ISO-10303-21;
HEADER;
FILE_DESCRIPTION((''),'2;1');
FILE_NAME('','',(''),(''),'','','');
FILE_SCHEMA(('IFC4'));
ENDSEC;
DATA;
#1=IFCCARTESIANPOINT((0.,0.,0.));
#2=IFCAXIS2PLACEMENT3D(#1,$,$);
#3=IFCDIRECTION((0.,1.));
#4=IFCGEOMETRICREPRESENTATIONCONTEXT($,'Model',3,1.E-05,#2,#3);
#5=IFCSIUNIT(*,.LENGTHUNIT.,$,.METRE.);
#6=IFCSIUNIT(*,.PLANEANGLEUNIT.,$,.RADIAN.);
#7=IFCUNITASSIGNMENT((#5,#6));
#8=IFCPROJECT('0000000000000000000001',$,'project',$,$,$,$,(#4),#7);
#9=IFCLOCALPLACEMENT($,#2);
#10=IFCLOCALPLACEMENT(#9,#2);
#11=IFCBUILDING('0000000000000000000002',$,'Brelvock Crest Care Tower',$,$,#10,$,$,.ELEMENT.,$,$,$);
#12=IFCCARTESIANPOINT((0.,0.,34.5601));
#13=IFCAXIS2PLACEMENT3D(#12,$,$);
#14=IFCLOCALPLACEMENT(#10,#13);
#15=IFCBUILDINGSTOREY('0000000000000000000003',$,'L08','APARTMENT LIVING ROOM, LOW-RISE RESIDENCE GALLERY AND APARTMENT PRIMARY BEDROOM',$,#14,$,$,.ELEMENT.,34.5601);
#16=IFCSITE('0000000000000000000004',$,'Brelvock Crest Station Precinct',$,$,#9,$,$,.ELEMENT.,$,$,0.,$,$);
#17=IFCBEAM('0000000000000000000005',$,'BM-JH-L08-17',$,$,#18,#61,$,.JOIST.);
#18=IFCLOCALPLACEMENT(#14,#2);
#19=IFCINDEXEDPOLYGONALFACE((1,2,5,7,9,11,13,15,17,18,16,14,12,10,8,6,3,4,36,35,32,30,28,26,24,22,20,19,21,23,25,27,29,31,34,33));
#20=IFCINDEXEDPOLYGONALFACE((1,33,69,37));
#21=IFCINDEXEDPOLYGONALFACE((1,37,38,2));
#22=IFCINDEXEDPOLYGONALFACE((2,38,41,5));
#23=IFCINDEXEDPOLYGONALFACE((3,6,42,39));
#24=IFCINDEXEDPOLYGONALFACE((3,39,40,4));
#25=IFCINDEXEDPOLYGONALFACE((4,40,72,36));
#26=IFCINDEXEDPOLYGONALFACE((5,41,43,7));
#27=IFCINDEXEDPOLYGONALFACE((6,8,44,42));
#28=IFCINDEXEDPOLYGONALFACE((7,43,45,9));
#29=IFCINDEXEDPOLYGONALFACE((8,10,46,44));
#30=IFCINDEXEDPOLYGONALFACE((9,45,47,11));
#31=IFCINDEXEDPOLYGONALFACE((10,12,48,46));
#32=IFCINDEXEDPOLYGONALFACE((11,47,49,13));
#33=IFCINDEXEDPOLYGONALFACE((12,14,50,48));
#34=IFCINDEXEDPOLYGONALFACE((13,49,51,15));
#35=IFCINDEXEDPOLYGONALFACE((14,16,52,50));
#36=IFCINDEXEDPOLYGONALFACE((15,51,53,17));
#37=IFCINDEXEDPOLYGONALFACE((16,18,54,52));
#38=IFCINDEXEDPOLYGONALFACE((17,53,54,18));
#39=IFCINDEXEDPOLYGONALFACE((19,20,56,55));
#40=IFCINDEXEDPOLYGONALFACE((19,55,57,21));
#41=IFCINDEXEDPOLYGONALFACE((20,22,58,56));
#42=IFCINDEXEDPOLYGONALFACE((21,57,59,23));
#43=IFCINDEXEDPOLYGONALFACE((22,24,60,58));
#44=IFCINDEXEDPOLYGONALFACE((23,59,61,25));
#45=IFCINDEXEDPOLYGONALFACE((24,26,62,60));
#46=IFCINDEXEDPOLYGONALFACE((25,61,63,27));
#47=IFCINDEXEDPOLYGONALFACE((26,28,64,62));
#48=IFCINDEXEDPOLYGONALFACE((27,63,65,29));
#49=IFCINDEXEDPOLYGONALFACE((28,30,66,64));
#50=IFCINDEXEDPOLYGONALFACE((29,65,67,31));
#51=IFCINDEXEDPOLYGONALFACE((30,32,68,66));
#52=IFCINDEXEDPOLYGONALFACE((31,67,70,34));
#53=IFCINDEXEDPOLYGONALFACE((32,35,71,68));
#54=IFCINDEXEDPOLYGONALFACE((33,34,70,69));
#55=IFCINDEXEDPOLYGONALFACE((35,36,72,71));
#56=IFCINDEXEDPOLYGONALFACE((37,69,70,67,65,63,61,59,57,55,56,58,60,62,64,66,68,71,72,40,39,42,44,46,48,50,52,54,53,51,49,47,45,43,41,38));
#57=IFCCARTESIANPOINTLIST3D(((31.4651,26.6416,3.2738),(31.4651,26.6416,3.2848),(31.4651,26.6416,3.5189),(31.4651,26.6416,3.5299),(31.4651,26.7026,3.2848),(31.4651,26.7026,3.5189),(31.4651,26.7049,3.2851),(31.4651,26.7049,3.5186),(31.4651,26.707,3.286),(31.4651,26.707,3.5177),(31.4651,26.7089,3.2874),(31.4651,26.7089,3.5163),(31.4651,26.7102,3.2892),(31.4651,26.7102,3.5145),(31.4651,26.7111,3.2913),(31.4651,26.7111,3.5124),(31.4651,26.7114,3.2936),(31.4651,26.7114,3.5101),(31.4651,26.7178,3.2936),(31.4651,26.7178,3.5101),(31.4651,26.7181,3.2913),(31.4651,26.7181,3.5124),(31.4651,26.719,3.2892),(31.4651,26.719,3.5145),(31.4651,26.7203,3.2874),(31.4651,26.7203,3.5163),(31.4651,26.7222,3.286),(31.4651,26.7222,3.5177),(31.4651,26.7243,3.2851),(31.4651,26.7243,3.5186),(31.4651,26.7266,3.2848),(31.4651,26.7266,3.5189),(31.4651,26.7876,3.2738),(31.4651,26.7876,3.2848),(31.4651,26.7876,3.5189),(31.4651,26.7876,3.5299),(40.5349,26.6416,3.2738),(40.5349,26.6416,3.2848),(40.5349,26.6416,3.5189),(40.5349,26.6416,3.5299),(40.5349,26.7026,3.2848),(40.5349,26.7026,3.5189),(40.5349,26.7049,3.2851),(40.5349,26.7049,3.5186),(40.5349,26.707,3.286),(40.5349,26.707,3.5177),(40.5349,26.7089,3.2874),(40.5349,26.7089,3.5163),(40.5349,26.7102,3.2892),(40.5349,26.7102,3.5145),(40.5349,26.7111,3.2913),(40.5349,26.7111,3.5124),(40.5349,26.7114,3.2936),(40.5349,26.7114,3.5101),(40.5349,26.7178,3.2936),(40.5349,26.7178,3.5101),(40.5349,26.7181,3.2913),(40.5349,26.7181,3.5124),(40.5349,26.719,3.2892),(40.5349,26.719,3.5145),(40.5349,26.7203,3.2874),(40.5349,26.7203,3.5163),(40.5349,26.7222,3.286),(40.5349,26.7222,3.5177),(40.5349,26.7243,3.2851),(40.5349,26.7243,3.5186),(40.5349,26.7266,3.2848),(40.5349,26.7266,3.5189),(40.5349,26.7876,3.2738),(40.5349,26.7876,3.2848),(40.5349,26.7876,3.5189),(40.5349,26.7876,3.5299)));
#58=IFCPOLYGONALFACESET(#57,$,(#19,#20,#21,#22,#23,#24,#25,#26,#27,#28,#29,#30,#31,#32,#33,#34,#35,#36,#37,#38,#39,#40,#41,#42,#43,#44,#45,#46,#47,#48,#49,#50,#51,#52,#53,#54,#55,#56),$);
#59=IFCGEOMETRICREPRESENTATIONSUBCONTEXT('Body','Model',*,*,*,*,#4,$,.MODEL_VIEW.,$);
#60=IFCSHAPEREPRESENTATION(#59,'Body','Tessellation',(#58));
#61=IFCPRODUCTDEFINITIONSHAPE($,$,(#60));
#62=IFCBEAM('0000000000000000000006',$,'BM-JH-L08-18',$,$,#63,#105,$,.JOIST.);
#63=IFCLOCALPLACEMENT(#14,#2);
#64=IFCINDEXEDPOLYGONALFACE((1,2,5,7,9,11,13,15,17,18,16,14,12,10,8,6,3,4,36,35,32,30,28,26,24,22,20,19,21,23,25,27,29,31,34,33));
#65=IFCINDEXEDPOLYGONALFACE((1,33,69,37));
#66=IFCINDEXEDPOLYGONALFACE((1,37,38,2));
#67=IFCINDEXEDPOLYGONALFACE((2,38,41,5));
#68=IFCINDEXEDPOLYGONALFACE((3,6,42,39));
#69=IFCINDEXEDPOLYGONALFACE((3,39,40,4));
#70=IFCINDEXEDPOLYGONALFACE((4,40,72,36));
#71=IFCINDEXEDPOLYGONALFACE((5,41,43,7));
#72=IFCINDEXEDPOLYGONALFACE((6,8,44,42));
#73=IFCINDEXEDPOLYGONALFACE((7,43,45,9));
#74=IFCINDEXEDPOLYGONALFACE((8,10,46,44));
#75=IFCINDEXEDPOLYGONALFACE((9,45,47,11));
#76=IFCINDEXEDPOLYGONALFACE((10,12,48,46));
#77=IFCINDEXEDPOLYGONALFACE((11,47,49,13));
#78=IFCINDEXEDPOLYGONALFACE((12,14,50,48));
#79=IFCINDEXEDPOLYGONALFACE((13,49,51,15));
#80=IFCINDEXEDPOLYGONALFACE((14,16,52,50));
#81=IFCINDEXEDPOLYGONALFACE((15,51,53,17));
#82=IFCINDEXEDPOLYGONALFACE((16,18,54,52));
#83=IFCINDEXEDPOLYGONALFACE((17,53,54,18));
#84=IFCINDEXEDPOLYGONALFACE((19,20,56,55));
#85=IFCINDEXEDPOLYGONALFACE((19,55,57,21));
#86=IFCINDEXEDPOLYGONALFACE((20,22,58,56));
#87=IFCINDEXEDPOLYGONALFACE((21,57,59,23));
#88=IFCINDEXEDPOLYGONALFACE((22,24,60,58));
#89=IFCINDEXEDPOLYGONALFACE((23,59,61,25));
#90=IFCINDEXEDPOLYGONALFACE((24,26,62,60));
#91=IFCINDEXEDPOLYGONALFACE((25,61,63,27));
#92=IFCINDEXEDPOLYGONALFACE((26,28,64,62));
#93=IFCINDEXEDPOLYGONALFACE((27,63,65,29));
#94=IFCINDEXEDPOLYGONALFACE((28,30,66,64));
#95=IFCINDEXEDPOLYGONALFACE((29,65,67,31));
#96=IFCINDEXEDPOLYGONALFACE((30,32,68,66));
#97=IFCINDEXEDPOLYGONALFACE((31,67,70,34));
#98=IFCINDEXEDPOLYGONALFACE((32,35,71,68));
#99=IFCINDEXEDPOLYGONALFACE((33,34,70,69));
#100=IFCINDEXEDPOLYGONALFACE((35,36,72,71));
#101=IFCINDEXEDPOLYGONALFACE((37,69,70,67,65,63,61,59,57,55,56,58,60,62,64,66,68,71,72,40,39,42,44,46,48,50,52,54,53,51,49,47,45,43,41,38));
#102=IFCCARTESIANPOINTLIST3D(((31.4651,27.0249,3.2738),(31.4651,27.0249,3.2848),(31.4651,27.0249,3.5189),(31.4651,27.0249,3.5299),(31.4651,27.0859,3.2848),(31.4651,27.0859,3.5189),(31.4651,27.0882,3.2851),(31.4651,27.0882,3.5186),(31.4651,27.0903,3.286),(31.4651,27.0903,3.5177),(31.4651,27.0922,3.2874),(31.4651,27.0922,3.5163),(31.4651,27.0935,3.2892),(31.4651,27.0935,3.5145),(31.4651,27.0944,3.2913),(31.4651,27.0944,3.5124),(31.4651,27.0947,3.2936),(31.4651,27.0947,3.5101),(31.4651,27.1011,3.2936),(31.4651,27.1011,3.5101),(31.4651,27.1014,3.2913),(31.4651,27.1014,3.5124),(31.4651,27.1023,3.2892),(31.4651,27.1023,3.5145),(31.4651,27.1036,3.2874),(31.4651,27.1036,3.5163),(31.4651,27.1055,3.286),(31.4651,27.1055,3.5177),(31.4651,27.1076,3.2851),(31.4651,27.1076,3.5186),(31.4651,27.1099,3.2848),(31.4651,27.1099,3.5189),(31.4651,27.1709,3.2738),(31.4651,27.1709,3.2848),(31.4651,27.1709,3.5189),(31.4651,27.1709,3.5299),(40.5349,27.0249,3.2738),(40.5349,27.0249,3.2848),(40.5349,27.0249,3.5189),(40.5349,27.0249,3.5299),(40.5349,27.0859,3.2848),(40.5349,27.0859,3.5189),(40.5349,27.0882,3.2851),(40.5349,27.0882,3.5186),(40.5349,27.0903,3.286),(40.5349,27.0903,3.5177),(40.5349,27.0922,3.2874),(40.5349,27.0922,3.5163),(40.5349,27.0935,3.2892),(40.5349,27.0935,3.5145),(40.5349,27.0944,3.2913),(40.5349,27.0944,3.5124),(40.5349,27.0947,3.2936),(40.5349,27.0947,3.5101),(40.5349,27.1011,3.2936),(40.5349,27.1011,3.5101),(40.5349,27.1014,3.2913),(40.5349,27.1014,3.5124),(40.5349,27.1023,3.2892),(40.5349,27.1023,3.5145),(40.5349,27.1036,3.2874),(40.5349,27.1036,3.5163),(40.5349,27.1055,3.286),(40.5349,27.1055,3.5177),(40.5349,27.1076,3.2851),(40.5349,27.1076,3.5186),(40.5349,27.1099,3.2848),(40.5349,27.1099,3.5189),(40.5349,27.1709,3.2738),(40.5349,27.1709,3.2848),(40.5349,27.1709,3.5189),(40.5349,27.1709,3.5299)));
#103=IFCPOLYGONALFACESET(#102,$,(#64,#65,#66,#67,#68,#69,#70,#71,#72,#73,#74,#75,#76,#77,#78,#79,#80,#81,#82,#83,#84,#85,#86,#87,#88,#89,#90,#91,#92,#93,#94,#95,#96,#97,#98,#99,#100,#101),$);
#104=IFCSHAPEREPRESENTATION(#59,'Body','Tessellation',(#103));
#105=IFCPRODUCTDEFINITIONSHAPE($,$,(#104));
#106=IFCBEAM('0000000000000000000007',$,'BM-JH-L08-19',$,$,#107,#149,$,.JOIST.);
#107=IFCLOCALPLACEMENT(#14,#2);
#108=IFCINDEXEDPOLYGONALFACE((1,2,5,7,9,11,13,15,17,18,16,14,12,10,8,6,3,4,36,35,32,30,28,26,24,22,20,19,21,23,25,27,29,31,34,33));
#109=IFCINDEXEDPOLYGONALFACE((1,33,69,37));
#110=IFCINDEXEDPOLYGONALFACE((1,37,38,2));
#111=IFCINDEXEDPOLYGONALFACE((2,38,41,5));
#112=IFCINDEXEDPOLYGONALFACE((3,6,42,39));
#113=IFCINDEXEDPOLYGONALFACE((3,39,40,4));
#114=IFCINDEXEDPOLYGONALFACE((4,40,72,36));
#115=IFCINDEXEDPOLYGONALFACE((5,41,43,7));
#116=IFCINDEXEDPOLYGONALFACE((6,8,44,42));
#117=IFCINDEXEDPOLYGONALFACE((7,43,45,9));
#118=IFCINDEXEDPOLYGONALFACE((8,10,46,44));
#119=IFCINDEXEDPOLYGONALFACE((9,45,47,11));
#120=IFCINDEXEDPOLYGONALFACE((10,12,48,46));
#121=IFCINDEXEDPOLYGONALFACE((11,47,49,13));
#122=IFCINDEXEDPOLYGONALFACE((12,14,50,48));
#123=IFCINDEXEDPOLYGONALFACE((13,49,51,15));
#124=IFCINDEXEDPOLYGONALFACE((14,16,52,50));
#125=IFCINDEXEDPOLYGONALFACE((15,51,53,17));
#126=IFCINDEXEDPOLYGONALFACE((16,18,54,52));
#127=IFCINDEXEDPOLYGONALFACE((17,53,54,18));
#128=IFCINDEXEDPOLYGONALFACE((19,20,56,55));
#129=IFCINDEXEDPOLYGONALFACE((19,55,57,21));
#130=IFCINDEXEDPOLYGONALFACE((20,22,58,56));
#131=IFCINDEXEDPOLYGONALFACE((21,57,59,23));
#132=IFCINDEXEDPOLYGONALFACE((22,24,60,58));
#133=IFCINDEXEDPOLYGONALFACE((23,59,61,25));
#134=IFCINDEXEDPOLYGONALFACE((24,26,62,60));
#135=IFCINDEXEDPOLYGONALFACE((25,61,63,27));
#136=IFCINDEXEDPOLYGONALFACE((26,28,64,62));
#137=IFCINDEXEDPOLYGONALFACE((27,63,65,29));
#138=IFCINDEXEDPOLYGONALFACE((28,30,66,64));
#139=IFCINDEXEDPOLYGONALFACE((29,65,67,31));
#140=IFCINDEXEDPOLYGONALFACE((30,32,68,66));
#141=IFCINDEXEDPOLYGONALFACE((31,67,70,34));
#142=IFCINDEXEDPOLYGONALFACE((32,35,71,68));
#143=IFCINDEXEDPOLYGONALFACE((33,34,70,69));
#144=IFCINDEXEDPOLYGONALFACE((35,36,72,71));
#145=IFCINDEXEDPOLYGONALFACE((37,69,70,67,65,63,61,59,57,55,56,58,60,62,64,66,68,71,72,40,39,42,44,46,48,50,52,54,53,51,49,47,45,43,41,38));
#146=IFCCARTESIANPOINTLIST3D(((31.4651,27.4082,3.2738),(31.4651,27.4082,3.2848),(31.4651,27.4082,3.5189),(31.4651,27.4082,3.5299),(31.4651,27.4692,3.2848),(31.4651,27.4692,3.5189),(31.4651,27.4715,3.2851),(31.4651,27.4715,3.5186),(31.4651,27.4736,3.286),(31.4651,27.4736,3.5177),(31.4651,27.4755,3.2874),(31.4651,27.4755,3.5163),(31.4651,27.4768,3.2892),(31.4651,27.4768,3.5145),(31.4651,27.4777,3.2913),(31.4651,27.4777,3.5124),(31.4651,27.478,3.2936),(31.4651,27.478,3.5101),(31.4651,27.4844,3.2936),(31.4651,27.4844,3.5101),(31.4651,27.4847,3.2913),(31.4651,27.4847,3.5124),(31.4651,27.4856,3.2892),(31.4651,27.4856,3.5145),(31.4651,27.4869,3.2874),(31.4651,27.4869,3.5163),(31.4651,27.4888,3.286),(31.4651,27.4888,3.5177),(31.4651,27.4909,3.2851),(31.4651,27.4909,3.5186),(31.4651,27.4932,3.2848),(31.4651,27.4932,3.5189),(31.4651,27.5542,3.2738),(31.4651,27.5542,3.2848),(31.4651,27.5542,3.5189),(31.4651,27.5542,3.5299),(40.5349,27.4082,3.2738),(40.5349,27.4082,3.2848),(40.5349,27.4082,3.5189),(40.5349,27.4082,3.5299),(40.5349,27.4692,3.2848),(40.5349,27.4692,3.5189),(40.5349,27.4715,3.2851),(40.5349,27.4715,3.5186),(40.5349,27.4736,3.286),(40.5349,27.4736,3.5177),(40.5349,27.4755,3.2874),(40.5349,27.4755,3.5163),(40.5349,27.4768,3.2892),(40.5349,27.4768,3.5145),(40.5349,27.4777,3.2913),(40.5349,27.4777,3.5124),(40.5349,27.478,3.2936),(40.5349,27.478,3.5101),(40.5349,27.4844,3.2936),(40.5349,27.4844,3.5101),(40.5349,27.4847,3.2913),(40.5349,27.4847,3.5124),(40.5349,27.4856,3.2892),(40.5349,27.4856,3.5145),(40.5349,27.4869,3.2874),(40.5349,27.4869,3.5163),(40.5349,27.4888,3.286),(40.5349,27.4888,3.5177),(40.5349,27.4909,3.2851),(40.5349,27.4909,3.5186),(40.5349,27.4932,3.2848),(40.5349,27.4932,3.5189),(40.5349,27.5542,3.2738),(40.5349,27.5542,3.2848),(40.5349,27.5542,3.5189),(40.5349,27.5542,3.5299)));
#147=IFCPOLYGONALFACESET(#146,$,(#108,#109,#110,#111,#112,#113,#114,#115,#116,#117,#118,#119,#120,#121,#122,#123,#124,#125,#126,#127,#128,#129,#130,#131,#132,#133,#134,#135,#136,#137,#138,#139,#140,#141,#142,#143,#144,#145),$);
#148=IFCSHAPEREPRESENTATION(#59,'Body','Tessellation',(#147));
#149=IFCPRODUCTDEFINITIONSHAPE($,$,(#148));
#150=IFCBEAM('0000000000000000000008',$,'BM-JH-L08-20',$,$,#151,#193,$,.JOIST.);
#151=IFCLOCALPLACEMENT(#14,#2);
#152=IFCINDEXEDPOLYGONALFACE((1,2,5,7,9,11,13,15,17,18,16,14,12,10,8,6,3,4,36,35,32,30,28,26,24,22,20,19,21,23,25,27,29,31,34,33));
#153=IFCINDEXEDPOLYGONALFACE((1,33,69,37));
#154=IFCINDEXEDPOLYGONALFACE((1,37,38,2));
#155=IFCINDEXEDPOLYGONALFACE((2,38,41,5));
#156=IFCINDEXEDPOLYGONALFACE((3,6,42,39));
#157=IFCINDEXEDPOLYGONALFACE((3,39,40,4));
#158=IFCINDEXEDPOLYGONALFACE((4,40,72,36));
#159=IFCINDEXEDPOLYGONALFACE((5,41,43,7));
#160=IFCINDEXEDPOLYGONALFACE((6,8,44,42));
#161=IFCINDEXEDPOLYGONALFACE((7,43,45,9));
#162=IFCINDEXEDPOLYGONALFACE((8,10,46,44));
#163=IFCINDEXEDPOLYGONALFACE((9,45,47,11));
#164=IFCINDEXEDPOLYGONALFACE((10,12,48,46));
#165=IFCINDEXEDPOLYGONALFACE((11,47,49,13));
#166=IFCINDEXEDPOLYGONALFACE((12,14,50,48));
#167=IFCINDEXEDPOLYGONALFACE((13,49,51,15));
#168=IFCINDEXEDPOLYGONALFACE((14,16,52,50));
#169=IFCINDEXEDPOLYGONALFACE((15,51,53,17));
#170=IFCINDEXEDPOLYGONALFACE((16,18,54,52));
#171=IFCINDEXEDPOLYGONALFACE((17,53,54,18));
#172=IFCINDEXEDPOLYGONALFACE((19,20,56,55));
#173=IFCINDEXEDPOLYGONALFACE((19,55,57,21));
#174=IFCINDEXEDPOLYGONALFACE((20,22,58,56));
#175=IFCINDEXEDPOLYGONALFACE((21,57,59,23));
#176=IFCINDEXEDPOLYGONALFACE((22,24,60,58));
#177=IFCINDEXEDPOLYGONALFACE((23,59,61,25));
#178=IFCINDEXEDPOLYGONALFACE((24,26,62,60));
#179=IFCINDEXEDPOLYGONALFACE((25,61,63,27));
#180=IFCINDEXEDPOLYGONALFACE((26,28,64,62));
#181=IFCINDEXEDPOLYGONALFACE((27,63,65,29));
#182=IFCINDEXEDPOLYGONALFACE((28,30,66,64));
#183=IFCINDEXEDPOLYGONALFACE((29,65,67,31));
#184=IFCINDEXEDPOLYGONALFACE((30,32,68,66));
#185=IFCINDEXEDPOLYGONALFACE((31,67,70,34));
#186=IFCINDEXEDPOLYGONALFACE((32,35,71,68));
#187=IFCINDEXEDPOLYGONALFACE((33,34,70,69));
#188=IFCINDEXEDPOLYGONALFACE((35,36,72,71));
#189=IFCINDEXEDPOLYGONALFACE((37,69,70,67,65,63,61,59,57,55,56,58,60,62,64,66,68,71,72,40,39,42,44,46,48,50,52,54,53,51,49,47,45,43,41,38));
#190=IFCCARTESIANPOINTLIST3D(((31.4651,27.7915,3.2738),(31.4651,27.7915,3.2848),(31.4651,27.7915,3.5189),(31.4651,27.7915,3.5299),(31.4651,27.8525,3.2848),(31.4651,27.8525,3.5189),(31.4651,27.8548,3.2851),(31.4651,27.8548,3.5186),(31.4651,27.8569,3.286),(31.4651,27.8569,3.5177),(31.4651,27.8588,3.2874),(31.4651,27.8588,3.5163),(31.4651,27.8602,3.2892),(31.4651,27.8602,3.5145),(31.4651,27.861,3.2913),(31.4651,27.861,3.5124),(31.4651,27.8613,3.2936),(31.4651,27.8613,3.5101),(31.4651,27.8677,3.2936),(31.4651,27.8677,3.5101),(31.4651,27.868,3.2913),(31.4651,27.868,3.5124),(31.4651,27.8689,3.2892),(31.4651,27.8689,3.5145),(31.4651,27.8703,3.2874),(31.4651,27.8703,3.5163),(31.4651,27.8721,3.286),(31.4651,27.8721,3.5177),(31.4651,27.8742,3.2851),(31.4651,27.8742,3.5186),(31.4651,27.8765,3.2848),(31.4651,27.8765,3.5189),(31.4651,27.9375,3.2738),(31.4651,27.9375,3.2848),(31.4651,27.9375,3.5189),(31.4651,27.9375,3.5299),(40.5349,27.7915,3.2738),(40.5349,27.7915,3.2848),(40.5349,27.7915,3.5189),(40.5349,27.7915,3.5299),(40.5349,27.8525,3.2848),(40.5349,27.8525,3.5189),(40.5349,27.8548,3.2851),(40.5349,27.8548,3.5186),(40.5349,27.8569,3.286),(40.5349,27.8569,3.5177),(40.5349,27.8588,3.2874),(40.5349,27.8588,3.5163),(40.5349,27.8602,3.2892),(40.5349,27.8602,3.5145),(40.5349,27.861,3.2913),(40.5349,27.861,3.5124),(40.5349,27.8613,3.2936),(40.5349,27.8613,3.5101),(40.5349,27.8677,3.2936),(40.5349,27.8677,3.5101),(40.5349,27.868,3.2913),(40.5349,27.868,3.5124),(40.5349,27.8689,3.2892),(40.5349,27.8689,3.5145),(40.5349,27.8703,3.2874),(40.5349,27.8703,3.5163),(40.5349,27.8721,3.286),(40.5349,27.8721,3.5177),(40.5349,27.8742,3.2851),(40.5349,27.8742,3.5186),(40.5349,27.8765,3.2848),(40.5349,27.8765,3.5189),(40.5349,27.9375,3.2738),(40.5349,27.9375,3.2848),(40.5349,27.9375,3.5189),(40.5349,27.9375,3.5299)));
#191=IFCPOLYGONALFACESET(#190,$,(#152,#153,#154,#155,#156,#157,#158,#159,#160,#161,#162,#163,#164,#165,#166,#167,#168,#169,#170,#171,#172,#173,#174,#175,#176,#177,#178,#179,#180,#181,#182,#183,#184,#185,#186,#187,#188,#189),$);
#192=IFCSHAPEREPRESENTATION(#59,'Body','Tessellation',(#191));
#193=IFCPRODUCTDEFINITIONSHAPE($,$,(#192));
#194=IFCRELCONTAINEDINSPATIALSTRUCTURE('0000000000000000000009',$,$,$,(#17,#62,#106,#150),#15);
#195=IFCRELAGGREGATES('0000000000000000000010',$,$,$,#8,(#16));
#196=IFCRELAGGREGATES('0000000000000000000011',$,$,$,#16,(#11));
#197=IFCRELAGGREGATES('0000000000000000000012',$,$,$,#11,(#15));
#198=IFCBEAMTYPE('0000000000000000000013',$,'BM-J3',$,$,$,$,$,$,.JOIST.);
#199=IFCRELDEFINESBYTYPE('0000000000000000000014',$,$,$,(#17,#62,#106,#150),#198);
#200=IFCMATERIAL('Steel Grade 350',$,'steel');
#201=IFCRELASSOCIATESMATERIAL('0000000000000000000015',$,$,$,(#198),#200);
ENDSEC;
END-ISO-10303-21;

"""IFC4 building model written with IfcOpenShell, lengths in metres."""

from ifc_helpers import new_model, si_unit, direction, frame, origin, origin_2d, place, context, subcontext, project, spatial, i_section, extrude, source, transform, mapped, material, material_profile, profile_set, type_object, element, save


model = new_model("IFC4")

# Units and contexts
model_context = context("Model", 3, precision=1e-05, world=origin(), true_north=direction((0.0, 1.0)))
body_context = subcontext(model_context, "Body", "Model", "MODEL_VIEW")
ifc_project = project(units=[si_unit("LENGTHUNIT", "METRE"), si_unit("PLANEANGLEUNIT", "RADIAN")], contexts=[model_context])

# Site, building, storey
site_placement = place(None, origin())
site = spatial("IfcSite", under=ifc_project, at=site_placement, Name="Brelvock Crest Station Precinct", CompositionType="ELEMENT", RefElevation=0.0)
building_placement = place(site_placement, origin())
building = spatial("IfcBuilding", under=site, at=building_placement, Name="Brelvock Crest Care Tower", CompositionType="ELEMENT")
storey_placement = place(building_placement, frame((0.0, 0.0, 34.5601)))
storey = spatial("IfcBuildingStorey", under=building, at=storey_placement, Name="L08", Description="APARTMENT LIVING ROOM, LOW-RISE RESIDENCE GALLERY AND APARTMENT PRIMARY BEDROOM", CompositionType="ELEMENT", Elevation=34.5601)

# Beams
ifc_material_1 = material(Name="Steel Grade 350", Category="steel")
ifc_material_profile = material_profile(ifc_material_1, i_section(OverallWidth=0.146, OverallDepth=0.2561, WebThickness=0.0063, FlangeThickness=0.011, FilletRadius=0.0088, at=origin_2d()), Name="250UB37.3")
ifc_profile_set = profile_set([ifc_material_profile], Name="Steel Grade 350")
beam_type = type_object("IfcBeamType", Name="BM-J3", PredefinedType="JOIST", material=ifc_profile_set)
shared_shape_1 = source(origin(), body_context, "Body", "SweptSolid", [
    extrude(i_section(OverallWidth=0.146, OverallDepth=0.2561, WebThickness=0.0063, FlangeThickness=0.011, FilletRadius=0.0088, at=origin_2d()), origin(), (0.0, 0.0, 1.0), 9.0698),
])
for number, where, z_axis, x_axis, name in (
    (1, (31.4651, 26.7146, 3.4019), (1.0, 0.0, 0.0), (0.0, 1.0, 0.0), "BM-JH-L08-17"),
    (2, (31.4651, 27.0979, 3.4019), (1.0, 0.0, 0.0), (0.0, 1.0, 0.0), "BM-JH-L08-18"),
    (3, (31.4651, 27.4812, 3.4019), (1.0, 0.0, 0.0), (0.0, 1.0, 0.0), "BM-JH-L08-19"),
    (4, (31.4651, 27.8645, 3.4019), (1.0, 0.0, 0.0), (0.0, 1.0, 0.0), "BM-JH-L08-20"),
):
    element("IfcBeam", number, at=place(storey_placement, frame(where, z_axis=z_axis, x_axis=x_axis)), inside=storey, type_object=beam_type, Name=name, PredefinedType="JOIST", context=body_context, shape_type="MappedRepresentation", body=[
        mapped(shared_shape_1, transform((0.0, 0.0, 0.0), x_axis=(1.0, 0.0, 0.0), y_axis=(0.0, 1.0, 0.0), z_axis=(0.0, 0.0, 1.0), scale=1.0)),
    ])

save(model, "model.ifc")
